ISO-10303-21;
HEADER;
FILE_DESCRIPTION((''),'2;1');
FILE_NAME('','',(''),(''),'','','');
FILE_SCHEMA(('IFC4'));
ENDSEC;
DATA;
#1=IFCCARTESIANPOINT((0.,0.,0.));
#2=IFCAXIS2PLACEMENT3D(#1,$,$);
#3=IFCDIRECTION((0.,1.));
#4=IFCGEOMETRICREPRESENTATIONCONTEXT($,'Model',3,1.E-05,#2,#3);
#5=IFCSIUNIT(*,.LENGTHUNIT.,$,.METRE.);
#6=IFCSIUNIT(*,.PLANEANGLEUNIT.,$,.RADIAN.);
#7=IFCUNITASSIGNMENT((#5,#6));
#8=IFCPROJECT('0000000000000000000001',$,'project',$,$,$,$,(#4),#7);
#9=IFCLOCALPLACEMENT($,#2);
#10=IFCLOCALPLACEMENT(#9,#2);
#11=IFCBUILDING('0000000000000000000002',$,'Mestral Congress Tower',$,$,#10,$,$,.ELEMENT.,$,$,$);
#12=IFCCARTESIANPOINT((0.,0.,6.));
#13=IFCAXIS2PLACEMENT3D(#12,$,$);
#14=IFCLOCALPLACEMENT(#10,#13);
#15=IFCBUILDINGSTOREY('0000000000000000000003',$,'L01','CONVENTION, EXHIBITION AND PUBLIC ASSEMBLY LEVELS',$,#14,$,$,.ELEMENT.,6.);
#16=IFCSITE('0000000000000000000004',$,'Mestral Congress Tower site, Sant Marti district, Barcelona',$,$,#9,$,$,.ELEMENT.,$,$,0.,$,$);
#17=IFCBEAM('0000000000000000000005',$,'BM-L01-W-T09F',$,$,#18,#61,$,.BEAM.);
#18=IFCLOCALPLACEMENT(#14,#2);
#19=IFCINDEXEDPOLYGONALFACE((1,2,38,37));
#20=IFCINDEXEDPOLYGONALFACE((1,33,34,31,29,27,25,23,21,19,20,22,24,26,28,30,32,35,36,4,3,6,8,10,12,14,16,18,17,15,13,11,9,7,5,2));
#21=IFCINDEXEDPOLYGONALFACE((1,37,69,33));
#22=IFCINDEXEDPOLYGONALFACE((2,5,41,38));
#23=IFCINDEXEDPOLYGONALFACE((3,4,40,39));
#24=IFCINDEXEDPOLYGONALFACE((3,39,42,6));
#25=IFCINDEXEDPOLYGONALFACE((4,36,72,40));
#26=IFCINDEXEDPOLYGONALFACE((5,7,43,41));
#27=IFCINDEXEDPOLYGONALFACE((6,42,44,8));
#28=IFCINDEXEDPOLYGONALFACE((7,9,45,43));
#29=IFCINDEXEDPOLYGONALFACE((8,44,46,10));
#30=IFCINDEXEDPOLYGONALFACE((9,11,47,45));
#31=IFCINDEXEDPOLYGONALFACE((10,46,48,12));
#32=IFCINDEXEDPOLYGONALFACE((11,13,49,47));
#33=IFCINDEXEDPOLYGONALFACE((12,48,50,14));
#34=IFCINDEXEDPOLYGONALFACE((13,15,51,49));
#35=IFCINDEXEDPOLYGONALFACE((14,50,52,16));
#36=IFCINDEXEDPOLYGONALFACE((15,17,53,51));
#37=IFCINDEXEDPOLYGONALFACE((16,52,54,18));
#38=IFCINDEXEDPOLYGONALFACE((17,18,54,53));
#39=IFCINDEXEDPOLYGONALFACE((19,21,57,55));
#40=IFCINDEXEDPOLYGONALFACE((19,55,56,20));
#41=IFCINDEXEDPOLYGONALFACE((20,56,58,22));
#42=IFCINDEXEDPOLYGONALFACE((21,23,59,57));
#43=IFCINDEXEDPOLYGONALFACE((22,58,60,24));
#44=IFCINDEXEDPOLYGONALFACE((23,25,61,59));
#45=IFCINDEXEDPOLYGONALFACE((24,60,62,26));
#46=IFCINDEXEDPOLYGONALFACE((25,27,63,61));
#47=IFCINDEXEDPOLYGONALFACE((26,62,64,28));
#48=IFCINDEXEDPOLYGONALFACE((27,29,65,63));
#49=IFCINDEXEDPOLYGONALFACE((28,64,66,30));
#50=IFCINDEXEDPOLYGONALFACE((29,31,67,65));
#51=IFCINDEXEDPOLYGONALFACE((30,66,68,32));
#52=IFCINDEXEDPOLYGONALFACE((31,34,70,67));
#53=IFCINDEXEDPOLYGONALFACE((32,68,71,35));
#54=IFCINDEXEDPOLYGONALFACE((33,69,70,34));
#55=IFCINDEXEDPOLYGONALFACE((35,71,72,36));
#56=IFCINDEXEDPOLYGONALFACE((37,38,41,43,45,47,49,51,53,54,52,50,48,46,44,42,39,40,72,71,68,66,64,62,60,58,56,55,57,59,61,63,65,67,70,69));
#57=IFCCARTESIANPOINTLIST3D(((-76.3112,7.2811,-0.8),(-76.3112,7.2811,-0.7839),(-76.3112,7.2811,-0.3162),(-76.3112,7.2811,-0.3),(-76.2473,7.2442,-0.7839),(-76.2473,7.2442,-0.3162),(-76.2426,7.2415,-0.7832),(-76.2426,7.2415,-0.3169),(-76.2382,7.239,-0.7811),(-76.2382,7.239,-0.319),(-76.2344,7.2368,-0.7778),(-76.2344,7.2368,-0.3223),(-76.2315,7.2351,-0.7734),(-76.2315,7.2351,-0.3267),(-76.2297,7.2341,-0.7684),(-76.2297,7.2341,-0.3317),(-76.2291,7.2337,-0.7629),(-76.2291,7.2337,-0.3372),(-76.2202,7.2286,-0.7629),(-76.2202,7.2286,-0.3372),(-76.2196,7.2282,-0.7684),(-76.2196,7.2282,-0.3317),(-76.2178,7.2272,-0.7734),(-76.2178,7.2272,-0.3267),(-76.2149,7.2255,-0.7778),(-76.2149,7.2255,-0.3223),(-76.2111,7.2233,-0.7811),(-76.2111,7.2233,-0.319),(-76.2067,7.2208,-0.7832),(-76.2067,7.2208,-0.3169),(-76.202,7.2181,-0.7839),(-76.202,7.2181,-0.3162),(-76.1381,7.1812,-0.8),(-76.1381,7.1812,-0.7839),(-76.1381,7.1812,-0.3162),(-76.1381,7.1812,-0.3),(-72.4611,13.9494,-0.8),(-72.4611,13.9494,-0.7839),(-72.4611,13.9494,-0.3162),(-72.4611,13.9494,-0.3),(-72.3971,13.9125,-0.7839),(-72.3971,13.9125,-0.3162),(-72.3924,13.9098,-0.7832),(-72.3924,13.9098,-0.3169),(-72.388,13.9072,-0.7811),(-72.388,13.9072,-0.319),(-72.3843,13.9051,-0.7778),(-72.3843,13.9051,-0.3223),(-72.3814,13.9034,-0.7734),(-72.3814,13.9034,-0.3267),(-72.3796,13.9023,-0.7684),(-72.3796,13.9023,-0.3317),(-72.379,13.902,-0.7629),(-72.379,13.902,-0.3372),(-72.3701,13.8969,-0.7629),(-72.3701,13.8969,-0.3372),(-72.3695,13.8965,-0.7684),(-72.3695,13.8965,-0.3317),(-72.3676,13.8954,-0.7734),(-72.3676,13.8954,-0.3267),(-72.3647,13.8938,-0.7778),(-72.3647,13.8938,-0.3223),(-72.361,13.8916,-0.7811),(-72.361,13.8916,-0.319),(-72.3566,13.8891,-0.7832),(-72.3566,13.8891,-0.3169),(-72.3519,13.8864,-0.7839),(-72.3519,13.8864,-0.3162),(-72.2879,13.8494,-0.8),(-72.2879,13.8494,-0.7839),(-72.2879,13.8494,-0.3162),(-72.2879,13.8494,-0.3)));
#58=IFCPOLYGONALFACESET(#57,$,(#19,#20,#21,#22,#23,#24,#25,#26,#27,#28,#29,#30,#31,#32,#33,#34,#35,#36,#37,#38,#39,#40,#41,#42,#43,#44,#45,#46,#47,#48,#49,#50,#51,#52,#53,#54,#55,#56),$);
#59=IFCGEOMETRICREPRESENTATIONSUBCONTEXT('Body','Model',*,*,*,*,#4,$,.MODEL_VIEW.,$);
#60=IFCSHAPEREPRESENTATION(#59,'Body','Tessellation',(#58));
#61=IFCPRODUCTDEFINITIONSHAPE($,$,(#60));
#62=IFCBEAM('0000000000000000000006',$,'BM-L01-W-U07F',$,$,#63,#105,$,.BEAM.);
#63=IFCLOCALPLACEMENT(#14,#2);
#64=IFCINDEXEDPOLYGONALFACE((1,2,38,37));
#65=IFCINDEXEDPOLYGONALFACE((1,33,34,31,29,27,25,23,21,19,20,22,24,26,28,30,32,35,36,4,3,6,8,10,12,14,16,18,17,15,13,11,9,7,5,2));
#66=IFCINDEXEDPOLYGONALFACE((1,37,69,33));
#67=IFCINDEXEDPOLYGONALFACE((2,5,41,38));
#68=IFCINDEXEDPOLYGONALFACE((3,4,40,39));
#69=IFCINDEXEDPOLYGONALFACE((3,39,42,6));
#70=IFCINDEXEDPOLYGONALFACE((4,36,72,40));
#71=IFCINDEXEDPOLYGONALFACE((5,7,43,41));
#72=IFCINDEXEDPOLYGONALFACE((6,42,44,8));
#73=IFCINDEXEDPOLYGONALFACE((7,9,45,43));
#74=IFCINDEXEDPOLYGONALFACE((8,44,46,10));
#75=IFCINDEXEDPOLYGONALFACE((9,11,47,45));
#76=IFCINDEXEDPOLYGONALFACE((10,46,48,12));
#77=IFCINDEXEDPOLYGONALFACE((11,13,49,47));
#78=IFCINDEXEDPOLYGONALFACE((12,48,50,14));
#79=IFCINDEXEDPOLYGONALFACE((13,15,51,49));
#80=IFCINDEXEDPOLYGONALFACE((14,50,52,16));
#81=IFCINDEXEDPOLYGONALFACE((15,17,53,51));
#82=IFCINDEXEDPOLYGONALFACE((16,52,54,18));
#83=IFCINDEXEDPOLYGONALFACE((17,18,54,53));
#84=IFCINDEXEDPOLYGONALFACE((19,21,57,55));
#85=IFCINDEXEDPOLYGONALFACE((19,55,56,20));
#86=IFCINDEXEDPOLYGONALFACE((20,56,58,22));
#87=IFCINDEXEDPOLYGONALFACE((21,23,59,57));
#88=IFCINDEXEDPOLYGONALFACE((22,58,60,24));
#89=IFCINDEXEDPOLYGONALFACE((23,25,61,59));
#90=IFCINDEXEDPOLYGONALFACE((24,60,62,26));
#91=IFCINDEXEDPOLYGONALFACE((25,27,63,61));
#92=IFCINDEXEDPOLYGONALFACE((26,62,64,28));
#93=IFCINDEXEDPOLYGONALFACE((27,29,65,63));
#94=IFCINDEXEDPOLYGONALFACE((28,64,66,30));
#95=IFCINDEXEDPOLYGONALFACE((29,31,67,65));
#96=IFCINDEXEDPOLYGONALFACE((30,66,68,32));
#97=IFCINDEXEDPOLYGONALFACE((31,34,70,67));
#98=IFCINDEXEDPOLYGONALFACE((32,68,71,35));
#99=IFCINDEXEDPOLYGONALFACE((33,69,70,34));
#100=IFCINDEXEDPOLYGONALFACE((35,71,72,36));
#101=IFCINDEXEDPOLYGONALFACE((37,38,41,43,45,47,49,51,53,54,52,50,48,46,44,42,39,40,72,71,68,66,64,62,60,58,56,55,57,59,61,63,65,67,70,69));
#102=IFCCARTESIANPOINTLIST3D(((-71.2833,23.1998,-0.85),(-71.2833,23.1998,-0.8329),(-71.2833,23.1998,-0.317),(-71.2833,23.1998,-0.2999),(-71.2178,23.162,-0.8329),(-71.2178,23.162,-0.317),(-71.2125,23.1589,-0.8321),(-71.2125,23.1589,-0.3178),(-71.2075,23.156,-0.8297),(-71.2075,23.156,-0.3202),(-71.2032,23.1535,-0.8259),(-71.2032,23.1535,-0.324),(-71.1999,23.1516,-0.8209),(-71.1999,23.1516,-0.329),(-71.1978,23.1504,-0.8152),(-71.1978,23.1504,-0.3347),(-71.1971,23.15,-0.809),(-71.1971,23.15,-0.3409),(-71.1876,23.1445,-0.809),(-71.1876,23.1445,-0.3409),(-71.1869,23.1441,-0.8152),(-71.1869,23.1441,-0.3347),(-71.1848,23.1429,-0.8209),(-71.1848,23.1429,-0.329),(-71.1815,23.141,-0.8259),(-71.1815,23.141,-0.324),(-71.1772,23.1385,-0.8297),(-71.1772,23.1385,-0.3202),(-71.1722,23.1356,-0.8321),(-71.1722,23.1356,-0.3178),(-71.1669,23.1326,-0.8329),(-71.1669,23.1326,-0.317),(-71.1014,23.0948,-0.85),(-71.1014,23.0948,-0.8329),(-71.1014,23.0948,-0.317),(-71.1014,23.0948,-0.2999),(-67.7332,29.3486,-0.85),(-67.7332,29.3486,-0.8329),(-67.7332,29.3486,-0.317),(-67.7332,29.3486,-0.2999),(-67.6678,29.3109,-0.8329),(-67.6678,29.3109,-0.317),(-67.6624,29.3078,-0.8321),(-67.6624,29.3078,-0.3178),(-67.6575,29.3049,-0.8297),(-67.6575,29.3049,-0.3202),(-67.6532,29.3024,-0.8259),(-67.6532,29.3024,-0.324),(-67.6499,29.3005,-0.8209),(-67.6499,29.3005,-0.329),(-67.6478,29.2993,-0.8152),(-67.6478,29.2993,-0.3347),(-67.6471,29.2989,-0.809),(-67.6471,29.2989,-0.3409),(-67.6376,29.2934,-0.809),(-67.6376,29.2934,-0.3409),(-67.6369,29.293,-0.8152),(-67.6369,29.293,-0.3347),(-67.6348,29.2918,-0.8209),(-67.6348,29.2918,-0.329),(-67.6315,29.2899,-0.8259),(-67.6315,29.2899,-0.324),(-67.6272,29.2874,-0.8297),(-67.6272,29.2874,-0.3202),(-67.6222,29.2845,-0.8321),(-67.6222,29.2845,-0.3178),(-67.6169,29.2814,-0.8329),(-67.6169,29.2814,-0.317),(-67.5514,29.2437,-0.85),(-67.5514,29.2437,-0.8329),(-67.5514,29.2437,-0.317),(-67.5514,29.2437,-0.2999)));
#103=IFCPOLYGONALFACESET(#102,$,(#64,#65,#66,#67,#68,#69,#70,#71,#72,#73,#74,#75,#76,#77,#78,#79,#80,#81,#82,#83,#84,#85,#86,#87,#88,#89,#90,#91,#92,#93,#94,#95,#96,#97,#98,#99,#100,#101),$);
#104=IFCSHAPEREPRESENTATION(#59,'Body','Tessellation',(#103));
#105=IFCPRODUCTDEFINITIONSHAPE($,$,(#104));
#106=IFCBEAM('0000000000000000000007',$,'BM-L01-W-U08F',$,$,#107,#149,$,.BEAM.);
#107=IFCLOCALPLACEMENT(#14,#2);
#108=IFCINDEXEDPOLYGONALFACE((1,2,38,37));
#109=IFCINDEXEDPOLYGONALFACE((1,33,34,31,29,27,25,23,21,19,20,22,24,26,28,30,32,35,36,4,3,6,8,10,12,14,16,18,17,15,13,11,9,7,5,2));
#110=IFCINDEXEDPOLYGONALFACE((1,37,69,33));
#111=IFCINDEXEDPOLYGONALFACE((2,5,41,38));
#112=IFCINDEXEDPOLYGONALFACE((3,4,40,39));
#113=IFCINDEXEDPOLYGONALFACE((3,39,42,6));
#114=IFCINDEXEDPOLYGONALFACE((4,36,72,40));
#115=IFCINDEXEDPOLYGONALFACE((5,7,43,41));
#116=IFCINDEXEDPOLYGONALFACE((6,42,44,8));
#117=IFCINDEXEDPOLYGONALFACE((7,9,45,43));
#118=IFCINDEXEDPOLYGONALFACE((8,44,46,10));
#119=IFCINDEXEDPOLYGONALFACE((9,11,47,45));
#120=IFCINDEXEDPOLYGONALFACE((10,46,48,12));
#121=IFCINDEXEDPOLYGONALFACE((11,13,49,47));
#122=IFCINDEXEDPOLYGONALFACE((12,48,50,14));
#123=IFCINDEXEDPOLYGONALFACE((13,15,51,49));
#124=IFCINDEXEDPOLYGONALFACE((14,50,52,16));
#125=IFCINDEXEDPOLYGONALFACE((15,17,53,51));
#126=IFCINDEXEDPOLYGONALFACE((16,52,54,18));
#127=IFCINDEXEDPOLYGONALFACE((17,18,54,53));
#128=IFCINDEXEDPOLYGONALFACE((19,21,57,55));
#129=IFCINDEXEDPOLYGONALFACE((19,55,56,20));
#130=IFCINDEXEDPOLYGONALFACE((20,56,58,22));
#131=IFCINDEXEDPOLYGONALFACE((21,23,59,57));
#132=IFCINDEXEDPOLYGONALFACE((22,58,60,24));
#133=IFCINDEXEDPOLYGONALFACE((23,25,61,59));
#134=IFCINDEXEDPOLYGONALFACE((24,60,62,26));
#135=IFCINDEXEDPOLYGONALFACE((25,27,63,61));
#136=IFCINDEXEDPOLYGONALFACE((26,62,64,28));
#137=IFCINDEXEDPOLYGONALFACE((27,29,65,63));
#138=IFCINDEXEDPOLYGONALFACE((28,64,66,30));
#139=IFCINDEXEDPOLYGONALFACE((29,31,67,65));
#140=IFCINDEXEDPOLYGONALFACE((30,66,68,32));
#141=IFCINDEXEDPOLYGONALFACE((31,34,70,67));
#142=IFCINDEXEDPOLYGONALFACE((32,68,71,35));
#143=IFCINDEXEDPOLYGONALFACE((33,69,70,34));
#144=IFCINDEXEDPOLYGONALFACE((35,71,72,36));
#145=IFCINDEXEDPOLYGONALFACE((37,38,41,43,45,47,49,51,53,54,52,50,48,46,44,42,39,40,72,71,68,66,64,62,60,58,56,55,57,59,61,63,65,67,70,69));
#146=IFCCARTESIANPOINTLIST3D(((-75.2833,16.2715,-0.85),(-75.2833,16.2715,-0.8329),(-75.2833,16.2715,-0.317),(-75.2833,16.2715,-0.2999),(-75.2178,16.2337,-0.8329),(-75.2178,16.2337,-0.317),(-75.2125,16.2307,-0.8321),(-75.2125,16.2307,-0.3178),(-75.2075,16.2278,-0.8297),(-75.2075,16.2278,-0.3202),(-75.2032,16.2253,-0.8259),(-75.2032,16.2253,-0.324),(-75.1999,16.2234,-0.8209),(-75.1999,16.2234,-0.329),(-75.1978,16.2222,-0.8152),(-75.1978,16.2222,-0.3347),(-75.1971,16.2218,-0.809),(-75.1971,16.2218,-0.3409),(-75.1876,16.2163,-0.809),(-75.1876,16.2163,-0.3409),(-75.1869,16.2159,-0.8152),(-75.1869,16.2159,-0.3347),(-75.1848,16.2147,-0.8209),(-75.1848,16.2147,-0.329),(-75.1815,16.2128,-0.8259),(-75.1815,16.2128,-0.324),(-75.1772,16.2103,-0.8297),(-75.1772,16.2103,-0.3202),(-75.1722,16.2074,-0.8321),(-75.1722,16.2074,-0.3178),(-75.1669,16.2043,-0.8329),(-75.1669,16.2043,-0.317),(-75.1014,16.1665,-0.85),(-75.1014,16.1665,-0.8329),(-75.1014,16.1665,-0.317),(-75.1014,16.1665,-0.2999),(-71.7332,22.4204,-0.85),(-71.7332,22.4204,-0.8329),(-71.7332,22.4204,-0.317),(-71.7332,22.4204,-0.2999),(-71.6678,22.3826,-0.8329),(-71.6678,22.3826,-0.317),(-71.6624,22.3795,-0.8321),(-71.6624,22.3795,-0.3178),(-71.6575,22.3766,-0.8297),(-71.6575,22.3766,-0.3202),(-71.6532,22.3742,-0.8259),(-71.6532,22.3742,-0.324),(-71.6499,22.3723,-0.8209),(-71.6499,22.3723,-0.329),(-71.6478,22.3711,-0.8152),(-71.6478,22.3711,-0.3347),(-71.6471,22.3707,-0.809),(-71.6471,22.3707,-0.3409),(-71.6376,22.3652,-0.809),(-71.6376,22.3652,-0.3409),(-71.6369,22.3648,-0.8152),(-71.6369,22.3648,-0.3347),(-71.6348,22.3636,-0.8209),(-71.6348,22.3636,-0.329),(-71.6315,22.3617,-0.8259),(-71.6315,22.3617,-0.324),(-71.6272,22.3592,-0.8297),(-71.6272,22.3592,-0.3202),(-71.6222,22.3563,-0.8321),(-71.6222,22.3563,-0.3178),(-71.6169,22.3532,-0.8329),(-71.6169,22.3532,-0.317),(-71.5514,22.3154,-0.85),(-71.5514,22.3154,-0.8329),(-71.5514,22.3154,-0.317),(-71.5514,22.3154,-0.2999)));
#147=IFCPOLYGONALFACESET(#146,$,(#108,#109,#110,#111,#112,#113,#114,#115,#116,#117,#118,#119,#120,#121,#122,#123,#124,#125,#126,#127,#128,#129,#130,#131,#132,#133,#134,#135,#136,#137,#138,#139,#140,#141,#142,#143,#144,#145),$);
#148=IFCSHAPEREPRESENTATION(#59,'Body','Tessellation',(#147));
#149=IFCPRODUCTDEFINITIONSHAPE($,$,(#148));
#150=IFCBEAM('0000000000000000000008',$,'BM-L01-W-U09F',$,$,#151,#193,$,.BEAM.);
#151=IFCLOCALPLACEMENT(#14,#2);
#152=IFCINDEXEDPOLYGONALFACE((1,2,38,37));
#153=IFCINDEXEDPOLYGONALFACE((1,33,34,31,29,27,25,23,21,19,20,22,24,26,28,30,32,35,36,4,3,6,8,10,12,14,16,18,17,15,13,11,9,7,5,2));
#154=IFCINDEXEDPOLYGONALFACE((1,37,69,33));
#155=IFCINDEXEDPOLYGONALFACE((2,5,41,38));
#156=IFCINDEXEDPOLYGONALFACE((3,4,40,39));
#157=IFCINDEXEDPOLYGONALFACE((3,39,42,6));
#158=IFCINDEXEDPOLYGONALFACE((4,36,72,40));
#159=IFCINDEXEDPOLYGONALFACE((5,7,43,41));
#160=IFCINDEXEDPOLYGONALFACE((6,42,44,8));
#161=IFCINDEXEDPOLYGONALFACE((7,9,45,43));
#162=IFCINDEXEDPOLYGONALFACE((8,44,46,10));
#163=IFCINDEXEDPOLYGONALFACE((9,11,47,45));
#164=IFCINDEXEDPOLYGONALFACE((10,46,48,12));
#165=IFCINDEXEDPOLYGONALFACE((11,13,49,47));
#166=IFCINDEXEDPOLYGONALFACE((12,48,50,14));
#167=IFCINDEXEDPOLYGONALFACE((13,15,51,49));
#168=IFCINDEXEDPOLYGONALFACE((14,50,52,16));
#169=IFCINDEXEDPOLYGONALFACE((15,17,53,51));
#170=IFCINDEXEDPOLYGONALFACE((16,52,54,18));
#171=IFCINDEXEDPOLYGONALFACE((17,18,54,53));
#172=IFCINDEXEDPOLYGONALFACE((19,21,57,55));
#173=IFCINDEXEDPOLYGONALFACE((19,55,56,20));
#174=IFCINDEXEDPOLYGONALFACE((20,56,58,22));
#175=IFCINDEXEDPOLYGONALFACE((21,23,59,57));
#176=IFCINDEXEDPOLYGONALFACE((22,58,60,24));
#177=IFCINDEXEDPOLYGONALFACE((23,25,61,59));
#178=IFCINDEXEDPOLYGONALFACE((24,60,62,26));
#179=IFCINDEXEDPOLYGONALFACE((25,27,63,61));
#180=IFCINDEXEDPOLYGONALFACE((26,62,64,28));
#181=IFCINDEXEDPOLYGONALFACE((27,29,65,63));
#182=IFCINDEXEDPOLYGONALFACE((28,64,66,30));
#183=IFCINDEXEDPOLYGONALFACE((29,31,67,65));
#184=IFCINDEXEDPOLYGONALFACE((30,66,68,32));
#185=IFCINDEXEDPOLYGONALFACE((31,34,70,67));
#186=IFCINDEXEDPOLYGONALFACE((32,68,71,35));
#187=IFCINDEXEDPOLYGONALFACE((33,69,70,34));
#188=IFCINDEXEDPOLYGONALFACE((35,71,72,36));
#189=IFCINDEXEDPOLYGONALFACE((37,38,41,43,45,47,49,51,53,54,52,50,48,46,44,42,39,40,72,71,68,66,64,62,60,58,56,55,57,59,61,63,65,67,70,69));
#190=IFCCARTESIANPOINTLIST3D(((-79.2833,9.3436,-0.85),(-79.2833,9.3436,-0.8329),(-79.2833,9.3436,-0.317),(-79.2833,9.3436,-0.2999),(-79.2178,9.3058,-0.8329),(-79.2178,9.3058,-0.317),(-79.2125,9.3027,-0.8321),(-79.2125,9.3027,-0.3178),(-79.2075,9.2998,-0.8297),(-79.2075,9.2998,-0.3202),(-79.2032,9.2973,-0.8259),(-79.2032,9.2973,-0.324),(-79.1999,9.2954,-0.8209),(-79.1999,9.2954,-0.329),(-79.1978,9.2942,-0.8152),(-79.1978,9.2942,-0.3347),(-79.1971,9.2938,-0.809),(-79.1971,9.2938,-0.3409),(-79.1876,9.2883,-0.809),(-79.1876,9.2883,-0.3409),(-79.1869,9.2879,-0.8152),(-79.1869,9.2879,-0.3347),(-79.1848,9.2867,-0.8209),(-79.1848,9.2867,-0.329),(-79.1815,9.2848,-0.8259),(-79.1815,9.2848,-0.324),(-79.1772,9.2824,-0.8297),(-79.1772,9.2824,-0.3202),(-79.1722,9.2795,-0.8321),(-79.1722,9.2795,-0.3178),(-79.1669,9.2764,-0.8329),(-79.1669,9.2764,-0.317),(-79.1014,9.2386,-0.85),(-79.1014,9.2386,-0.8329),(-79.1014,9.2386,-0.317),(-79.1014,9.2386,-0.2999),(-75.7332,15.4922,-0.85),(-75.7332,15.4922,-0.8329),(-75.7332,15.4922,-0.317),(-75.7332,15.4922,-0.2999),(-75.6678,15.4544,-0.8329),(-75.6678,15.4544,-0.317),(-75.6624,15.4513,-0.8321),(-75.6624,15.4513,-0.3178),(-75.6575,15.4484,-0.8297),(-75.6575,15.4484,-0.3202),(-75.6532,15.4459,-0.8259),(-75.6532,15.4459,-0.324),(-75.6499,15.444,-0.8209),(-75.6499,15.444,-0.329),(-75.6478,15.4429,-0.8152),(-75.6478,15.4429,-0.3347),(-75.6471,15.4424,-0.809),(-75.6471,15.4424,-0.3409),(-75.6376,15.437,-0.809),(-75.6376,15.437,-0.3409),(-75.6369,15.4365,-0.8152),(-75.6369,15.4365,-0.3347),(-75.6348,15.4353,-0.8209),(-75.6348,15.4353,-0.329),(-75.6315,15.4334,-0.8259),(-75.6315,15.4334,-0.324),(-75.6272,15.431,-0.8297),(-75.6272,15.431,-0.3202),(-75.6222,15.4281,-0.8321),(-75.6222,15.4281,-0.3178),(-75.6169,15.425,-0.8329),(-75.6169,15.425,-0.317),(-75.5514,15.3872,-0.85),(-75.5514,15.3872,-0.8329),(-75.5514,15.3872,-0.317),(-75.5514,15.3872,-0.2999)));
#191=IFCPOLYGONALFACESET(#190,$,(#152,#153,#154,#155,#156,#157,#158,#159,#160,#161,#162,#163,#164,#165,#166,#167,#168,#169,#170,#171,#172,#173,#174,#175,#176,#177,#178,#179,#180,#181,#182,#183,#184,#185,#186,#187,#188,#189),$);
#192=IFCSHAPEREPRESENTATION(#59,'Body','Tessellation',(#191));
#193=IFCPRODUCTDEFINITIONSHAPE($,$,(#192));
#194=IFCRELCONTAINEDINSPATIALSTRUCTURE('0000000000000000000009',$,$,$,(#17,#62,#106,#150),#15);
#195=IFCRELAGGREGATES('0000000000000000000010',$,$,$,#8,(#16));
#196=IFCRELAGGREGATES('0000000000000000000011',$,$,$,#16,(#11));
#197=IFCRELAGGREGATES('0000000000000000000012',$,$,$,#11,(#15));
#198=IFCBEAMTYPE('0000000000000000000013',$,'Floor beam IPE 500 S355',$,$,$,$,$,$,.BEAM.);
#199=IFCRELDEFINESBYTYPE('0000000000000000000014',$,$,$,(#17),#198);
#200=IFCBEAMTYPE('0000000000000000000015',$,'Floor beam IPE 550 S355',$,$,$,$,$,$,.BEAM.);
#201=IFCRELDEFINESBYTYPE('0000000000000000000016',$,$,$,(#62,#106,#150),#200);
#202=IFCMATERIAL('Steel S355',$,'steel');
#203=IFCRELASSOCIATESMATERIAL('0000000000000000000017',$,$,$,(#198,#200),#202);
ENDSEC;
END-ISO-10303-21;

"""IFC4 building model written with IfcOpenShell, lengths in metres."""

from ifc_helpers import new_model, si_unit, direction, frame, origin, origin_2d, place, context, subcontext, project, spatial, i_section, extrude, material, material_profile, profile_set, type_object, element, save


model = new_model("IFC4")

# Units and contexts
model_context = context("Model", 3, precision=1e-05, world=origin(), true_north=direction((0.0, 1.0)))
body_context = subcontext(model_context, "Body", "Model", "MODEL_VIEW")
ifc_project = project(units=[si_unit("LENGTHUNIT", "METRE"), si_unit("PLANEANGLEUNIT", "RADIAN")], contexts=[model_context])

# Site, building, storey
site_placement = place(None, origin())
site = spatial("IfcSite", under=ifc_project, at=site_placement, Name="Mestral Congress Tower site, Sant Marti district, Barcelona", CompositionType="ELEMENT", RefElevation=0.0)
building_placement = place(site_placement, origin())
building = spatial("IfcBuilding", under=site, at=building_placement, Name="Mestral Congress Tower", CompositionType="ELEMENT")
storey_placement = place(building_placement, frame((0.0, 0.0, 6.0)))
storey = spatial("IfcBuildingStorey", under=building, at=storey_placement, Name="L01", Description="CONVENTION, EXHIBITION AND PUBLIC ASSEMBLY LEVELS", CompositionType="ELEMENT", Elevation=6.0)

# Beams
ifc_material_1 = material(Name="Steel S355", Category="steel")
ifc_material_profile_1 = material_profile(ifc_material_1, i_section(OverallWidth=0.2, OverallDepth=0.5, WebThickness=0.0103, FlangeThickness=0.0161, FilletRadius=0.021, at=origin_2d()), Name="IPE 500")
ifc_profile_set_1 = profile_set([ifc_material_profile_1], Name="Steel S355")
beam_type_1 = type_object("IfcBeamType", Name="Floor beam IPE 500 S355", PredefinedType="BEAM", material=ifc_profile_set_1)
beam_1_placement = place(storey_placement, frame((-72.3745, 13.8994, -0.55), z_axis=(-0.50002, -0.866014, 0.0), x_axis=(0.866014, -0.50002, 0.0)))
element("IfcBeam", 1, at=beam_1_placement, inside=storey, type_object=beam_type_1, Name="BM-L01-W-T09F", PredefinedType="BEAM", context=body_context, shape_type="SweptSolid", body=[
    extrude(i_section(OverallWidth=0.2, OverallDepth=0.5, WebThickness=0.0103, FlangeThickness=0.0161, FilletRadius=0.021, at=origin_2d()), origin(), (0.0, 0.0, 1.0), 7.7),
])
ifc_material_profile_2 = material_profile(ifc_material_1, i_section(OverallWidth=0.21, OverallDepth=0.55, WebThickness=0.011, FlangeThickness=0.0171, FilletRadius=0.0239, at=origin_2d()), Name="IPE 550")
ifc_profile_set_2 = profile_set([ifc_material_profile_2], Name="Steel S355")
beam_type_2 = type_object("IfcBeamType", Name="Floor beam IPE 550 S355", PredefinedType="BEAM", material=ifc_profile_set_2)
for number, where, z_axis, x_axis, name in (
    (2, (-67.6423, 29.2961, -0.575), (-0.499996, -0.866028, 0.0), (0.866028, -0.499996, 0.0), "BM-L01-W-U07F"),
    (3, (-71.6423, 22.3679, -0.575), (-0.499996, -0.866028, 0.0), (0.866028, -0.499996, 0.0), "BM-L01-W-U08F"),
):
    element("IfcBeam", number, at=place(storey_placement, frame(where, z_axis=z_axis, x_axis=x_axis)), inside=storey, type_object=beam_type_2, Name=name, PredefinedType="BEAM", context=body_context, shape_type="SweptSolid", body=[
        extrude(i_section(OverallWidth=0.21, OverallDepth=0.55, WebThickness=0.011, FlangeThickness=0.0171, FilletRadius=0.0239, at=origin_2d()), origin(), (0.0, 0.0, 1.0), 7.1001),
    ])
beam_2_placement = place(storey_placement, frame((-75.6423, 15.4397, -0.575), z_axis=(-0.500011, -0.866019, 0.0), x_axis=(0.866019, -0.500011, 0.0)))
element("IfcBeam", 4, at=beam_2_placement, inside=storey, type_object=beam_type_2, Name="BM-L01-W-U09F", PredefinedType="BEAM", context=body_context, shape_type="SweptSolid", body=[
    extrude(i_section(OverallWidth=0.21, OverallDepth=0.55, WebThickness=0.011, FlangeThickness=0.0171, FilletRadius=0.0239, at=origin_2d()), origin(), (0.0, 0.0, 1.0), 7.0999),
])

save(model, "model.ifc")
